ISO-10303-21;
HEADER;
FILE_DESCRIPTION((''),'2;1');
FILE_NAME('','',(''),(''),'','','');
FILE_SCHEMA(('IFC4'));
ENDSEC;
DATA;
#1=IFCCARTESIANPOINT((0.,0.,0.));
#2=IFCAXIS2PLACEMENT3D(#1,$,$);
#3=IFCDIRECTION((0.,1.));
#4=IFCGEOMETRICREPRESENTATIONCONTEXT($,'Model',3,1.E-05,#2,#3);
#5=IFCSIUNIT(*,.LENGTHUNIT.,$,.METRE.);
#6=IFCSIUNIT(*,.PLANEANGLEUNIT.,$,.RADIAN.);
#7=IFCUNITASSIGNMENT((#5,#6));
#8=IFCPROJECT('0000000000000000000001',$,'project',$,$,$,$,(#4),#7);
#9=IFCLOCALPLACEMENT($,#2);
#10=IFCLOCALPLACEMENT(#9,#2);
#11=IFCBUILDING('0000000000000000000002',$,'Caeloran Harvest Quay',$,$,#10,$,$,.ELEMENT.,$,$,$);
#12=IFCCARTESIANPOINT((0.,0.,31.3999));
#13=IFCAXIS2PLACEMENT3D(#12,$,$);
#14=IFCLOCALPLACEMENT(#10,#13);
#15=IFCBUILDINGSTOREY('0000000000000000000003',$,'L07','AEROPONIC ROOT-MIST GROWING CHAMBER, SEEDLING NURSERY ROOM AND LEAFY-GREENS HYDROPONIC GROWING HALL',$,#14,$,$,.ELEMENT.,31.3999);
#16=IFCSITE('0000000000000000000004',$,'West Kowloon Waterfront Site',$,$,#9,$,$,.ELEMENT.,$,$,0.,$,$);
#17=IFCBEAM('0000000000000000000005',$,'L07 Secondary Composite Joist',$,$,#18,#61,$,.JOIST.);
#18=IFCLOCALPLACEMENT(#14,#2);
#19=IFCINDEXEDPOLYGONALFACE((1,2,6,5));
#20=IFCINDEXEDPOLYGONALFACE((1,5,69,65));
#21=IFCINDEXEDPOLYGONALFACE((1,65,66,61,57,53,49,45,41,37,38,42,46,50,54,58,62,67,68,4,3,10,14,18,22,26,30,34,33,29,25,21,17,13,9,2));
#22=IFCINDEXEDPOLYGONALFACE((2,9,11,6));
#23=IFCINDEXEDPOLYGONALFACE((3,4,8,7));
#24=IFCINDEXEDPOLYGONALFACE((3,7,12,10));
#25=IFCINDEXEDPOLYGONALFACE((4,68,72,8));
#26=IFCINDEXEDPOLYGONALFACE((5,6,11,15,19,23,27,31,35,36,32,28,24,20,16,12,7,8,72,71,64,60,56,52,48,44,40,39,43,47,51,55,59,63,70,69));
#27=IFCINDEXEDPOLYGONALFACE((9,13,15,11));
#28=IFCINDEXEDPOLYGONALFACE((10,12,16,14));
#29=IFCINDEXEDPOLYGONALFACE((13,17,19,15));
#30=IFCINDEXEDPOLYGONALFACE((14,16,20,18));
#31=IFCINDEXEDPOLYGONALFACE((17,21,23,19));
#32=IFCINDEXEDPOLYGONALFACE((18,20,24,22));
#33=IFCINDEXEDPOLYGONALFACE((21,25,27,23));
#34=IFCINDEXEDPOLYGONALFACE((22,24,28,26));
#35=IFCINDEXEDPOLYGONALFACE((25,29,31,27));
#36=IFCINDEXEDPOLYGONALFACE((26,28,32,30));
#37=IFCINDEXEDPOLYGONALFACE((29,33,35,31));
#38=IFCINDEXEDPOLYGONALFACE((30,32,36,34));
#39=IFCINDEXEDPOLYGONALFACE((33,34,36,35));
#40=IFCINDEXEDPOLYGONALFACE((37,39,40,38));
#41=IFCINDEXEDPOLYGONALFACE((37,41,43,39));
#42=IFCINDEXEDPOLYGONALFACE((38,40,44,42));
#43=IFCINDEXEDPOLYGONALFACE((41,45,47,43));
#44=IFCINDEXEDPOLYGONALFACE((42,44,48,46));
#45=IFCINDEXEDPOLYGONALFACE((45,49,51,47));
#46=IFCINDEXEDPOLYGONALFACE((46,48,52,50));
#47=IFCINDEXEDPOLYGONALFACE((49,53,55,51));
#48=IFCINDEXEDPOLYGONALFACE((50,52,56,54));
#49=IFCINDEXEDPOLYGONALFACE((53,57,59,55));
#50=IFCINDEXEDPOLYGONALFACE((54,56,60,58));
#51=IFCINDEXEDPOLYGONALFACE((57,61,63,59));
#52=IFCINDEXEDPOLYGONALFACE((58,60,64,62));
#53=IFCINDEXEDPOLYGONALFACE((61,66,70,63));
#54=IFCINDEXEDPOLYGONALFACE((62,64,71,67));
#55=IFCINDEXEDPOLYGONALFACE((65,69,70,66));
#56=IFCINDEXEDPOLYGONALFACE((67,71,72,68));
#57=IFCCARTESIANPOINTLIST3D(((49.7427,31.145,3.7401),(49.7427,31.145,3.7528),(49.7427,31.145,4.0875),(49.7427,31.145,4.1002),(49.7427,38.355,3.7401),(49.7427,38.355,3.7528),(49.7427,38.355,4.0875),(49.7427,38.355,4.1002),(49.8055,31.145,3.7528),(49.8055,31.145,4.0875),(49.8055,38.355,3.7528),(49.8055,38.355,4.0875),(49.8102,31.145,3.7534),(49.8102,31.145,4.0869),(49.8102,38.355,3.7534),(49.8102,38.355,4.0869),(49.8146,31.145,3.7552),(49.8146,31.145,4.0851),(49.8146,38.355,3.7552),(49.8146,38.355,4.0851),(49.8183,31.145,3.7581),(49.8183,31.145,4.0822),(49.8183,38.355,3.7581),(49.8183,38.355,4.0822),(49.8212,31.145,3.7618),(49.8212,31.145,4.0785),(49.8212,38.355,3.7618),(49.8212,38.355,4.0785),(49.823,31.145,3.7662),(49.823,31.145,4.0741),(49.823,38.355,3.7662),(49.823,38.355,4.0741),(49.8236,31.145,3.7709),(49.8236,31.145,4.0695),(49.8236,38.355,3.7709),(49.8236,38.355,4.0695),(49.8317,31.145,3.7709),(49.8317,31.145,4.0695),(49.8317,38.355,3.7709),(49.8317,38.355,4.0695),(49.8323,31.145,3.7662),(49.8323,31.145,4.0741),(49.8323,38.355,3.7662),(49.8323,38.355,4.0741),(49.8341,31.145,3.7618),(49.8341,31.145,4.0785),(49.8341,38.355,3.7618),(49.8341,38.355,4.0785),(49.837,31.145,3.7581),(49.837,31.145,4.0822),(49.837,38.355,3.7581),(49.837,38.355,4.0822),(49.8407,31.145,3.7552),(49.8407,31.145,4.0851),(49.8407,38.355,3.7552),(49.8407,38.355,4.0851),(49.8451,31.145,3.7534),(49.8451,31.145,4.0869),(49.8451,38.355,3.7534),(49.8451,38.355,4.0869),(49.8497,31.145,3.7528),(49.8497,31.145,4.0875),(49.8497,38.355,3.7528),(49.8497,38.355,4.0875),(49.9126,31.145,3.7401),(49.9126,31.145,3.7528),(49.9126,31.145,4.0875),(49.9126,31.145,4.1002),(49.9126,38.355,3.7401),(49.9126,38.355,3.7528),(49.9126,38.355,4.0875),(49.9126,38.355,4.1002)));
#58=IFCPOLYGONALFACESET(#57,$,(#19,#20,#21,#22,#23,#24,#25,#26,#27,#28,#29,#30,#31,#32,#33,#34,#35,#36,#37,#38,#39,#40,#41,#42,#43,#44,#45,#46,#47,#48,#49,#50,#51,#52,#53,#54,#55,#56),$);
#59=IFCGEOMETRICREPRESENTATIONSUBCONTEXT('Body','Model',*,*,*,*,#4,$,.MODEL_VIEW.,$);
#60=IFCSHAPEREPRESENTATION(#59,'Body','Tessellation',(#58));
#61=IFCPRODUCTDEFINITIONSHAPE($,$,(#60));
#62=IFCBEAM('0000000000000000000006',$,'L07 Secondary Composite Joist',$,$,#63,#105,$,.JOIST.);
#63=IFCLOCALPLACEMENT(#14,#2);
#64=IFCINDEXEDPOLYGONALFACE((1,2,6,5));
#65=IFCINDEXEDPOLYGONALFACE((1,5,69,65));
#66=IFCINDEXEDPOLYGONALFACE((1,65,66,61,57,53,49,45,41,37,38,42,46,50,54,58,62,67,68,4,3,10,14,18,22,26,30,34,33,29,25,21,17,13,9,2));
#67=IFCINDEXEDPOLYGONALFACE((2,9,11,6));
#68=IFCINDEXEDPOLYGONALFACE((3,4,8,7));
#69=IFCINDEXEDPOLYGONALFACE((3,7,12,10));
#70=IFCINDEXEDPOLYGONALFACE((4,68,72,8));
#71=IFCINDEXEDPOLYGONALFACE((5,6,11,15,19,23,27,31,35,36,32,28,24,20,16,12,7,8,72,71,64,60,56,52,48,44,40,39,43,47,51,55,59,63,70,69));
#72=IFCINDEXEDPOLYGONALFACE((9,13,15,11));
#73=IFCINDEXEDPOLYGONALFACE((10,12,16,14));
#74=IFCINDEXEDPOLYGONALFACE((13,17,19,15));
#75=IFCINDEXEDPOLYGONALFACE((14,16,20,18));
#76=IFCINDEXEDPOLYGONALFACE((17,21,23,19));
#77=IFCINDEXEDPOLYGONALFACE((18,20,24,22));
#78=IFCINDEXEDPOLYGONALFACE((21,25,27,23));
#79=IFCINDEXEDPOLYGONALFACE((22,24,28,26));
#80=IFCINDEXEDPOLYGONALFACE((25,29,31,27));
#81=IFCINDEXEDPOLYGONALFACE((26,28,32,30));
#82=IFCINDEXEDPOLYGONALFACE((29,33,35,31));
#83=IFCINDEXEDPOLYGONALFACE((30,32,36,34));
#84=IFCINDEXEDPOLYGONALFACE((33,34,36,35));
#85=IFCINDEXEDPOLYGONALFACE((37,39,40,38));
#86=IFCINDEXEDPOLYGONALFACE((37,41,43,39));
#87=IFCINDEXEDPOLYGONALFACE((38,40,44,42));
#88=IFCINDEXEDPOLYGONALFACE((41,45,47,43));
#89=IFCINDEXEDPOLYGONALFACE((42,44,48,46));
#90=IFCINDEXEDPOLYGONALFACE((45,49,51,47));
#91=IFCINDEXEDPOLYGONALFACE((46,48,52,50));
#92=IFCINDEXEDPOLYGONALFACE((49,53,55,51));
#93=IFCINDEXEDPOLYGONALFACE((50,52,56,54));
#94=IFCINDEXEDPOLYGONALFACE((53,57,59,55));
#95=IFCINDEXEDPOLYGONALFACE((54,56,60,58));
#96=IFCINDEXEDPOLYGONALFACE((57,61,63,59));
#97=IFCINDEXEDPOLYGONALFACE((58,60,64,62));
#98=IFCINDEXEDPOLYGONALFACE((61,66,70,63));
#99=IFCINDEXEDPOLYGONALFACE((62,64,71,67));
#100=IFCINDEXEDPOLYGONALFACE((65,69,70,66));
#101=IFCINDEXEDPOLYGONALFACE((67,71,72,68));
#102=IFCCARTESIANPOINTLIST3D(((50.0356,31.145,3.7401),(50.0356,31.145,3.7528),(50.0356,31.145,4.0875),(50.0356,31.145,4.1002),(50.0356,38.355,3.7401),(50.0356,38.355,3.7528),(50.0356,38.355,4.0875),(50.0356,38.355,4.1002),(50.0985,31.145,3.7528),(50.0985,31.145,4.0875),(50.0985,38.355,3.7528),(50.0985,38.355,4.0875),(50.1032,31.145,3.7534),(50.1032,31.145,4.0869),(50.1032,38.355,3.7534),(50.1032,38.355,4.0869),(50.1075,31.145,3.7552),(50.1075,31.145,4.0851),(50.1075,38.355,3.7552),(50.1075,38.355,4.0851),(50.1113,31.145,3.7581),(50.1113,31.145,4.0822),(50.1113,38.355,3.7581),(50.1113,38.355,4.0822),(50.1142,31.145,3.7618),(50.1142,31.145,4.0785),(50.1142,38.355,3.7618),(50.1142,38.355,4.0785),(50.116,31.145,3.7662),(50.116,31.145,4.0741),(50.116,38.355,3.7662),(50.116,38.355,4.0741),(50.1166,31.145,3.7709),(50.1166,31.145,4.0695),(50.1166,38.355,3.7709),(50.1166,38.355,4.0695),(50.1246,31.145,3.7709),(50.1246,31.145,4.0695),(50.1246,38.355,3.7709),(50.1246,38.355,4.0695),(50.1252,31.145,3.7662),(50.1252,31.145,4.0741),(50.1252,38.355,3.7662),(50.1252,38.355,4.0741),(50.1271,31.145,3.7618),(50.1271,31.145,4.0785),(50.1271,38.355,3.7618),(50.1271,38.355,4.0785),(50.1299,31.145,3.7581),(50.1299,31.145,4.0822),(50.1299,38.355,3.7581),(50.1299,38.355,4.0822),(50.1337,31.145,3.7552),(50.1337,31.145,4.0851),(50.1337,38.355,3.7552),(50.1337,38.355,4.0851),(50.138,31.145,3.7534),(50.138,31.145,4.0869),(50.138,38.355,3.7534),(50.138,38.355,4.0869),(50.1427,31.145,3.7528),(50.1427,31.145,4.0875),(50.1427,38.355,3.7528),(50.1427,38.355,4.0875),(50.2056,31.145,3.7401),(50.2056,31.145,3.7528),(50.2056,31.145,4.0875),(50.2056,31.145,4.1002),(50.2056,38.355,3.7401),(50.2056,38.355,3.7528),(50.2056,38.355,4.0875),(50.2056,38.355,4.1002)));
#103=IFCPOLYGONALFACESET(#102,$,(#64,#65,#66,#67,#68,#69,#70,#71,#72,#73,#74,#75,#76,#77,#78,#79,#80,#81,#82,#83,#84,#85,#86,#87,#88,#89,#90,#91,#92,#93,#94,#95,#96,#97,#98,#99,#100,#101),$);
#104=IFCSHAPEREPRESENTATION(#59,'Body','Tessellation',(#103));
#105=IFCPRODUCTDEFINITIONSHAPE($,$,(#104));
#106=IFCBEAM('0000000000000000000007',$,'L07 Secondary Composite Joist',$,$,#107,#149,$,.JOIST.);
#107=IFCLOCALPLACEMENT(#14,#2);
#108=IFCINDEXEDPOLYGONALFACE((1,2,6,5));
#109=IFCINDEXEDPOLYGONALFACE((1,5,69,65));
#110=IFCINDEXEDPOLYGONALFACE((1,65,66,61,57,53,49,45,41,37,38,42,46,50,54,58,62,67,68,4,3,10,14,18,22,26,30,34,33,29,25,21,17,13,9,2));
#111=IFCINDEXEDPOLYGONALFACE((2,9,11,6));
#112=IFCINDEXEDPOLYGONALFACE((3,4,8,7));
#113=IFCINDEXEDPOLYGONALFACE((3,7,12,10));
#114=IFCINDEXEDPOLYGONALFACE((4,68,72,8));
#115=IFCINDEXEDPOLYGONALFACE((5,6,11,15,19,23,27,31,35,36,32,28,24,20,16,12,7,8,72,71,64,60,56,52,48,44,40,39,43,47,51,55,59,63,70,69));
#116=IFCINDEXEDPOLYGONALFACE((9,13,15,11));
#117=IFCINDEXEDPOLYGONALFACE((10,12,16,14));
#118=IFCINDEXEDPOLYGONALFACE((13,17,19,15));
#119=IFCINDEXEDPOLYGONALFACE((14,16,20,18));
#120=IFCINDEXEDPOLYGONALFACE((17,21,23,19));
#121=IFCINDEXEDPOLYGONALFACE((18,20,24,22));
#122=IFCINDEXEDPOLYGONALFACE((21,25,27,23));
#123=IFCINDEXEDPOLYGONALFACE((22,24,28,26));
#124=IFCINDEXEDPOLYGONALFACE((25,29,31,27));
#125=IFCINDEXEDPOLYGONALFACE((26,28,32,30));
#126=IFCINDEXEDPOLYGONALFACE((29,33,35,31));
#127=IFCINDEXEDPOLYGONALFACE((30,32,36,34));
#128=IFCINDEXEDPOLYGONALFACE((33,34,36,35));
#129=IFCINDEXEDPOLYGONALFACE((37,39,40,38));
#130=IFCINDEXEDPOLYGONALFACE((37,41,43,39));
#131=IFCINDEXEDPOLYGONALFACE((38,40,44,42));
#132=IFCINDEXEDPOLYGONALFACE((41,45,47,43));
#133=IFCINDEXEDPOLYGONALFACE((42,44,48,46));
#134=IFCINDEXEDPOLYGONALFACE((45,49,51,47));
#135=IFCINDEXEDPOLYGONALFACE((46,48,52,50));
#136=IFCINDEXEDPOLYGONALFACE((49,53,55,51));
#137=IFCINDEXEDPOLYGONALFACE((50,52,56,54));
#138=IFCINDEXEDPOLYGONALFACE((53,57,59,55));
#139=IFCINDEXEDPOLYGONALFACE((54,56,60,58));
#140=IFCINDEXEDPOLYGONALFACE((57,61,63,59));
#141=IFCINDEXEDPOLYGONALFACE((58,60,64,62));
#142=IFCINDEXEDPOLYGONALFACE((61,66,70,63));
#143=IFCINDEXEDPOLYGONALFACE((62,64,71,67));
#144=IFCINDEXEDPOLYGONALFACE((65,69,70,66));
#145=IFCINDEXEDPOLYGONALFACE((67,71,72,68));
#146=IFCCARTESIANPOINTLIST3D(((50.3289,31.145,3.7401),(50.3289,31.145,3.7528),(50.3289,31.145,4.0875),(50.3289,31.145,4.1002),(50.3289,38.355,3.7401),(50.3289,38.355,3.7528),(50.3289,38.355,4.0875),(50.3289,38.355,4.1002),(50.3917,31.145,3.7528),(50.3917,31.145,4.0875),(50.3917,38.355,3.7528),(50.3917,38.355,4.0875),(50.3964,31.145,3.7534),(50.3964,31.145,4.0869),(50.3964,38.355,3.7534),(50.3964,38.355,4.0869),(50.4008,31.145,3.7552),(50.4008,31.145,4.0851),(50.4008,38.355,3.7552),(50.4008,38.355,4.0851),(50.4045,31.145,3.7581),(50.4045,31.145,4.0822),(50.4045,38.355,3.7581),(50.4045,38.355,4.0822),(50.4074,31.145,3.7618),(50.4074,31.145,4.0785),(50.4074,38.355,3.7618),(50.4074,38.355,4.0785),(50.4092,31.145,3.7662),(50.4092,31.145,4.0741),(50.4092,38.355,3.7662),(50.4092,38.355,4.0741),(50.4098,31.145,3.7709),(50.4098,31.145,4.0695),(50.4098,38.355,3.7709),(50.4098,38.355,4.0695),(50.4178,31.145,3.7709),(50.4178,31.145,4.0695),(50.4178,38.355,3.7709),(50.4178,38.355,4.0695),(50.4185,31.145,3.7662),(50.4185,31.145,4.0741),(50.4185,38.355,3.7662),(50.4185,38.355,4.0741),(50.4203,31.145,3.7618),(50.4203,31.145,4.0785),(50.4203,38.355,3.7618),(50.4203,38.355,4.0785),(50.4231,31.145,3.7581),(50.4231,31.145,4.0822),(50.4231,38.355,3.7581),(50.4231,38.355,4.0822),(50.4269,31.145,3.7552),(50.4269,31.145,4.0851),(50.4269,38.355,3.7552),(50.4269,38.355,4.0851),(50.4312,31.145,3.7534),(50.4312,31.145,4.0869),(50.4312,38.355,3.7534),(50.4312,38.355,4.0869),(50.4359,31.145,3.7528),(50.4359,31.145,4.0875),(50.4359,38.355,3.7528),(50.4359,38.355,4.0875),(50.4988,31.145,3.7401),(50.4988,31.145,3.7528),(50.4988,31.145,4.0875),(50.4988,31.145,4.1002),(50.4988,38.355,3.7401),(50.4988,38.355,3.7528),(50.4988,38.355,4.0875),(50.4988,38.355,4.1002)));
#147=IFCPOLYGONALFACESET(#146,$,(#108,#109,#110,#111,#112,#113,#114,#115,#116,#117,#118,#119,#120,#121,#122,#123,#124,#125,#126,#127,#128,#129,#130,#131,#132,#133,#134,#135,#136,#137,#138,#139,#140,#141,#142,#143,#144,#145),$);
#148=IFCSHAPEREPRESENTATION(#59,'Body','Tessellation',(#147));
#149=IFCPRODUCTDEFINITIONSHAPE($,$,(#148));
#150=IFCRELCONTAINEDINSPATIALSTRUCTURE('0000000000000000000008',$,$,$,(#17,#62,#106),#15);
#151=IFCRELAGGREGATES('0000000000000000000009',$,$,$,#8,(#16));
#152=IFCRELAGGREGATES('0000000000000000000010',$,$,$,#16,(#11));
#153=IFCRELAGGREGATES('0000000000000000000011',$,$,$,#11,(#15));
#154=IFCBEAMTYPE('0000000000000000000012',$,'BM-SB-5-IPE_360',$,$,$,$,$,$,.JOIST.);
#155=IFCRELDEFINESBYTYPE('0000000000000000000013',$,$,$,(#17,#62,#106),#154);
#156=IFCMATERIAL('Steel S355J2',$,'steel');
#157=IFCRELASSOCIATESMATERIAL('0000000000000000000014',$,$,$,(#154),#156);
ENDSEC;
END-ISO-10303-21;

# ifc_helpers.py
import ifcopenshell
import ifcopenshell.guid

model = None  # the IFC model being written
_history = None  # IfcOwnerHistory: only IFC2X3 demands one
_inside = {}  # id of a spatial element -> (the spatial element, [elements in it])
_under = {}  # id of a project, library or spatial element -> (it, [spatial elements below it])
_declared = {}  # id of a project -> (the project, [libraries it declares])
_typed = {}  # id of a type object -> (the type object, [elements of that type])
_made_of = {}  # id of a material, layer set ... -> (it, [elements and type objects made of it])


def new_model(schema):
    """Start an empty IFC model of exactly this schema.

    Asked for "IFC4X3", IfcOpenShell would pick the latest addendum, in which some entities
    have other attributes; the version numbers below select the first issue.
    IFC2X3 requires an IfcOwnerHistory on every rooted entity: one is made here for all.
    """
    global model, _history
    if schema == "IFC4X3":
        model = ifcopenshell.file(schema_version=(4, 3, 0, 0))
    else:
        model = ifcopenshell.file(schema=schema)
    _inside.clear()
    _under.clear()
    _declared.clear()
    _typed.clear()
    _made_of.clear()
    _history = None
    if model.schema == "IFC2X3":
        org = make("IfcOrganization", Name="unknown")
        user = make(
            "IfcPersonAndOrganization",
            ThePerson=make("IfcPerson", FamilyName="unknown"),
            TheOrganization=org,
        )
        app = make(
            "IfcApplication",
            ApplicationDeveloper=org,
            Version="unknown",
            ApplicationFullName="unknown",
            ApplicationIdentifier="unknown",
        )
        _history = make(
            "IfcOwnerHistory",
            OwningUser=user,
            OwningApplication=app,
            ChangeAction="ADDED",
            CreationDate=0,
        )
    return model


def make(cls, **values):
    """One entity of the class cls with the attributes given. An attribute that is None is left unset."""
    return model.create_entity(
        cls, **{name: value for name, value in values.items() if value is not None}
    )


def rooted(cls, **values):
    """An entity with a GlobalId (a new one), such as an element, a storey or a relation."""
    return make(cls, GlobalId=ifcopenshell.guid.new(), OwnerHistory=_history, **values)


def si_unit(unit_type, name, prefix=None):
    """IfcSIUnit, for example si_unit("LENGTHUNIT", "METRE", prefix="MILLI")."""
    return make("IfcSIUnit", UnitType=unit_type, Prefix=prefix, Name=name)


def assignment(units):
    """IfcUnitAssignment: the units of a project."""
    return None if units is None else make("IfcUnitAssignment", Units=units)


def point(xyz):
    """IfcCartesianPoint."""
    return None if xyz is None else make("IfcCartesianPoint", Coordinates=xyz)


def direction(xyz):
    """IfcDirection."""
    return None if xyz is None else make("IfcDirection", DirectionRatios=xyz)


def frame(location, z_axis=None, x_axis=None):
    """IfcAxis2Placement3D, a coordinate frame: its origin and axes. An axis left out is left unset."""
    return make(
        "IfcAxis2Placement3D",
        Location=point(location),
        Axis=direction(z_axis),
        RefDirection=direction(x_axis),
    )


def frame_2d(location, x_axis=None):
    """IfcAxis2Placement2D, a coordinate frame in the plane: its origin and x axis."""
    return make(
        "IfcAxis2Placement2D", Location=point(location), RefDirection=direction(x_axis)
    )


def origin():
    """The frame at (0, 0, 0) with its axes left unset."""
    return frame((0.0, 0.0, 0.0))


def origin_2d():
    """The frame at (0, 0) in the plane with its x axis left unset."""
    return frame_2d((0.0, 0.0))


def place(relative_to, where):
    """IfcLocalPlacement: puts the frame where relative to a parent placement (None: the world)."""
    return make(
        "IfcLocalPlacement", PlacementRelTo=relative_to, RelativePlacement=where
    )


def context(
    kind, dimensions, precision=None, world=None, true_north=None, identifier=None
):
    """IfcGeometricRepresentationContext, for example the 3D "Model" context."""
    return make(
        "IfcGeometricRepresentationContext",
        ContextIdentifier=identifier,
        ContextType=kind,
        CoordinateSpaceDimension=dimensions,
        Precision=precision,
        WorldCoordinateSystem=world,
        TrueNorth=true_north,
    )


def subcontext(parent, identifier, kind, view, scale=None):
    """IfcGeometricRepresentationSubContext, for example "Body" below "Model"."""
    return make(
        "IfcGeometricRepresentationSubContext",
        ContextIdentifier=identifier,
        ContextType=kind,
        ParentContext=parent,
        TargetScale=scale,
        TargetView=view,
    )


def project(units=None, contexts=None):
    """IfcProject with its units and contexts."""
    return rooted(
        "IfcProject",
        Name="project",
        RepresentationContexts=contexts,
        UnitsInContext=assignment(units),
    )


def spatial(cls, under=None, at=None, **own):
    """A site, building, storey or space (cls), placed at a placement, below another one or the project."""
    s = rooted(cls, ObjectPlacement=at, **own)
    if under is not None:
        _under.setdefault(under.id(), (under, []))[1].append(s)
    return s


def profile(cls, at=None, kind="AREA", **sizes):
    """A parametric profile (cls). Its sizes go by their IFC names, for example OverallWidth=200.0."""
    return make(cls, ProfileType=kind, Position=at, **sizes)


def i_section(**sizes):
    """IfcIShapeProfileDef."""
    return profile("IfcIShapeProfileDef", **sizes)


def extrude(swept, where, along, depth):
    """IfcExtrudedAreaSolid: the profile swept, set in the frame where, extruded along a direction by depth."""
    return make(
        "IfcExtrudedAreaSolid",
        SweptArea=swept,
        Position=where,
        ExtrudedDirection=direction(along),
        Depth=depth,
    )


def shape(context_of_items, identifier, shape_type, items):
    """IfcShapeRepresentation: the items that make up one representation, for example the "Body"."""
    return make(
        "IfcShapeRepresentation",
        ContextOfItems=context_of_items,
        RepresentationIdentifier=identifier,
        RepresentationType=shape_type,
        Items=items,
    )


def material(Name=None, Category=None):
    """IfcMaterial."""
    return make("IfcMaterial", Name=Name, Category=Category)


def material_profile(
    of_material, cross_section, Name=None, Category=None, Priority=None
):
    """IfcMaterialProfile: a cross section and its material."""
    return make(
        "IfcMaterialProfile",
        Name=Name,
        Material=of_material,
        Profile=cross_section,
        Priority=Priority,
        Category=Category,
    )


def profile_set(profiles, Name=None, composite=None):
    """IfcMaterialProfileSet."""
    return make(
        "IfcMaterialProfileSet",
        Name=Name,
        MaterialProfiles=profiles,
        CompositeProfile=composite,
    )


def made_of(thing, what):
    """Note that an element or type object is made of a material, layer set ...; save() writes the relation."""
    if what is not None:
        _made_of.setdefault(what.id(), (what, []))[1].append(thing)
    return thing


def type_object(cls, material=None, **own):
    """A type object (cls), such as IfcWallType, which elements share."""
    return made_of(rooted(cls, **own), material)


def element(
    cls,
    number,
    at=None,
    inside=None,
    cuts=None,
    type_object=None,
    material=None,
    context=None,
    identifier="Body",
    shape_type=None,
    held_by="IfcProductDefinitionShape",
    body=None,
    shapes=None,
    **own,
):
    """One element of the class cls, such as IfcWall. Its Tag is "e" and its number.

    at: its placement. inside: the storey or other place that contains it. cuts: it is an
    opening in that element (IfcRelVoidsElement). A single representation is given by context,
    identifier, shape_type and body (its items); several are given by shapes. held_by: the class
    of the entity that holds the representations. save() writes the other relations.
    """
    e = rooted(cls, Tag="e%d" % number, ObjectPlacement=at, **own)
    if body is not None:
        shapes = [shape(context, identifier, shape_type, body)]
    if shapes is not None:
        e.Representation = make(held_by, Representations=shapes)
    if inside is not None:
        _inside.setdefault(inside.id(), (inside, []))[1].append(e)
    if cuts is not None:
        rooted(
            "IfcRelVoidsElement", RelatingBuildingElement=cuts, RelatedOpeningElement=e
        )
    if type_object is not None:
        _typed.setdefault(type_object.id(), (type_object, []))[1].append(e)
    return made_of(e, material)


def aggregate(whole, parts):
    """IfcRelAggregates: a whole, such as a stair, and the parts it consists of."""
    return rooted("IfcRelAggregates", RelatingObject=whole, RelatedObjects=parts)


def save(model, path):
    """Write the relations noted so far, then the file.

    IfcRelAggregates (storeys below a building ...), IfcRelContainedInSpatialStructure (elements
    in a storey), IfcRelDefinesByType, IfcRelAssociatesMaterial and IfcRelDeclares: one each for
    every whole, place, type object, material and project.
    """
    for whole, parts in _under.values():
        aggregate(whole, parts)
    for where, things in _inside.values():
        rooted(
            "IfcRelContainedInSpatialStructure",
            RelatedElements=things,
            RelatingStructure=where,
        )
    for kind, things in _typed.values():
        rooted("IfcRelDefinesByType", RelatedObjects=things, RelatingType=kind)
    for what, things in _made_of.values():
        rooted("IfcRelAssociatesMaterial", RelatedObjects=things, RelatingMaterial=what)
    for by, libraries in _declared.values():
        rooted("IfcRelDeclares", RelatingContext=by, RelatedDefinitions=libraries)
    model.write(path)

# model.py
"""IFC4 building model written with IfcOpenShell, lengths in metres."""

from ifc_helpers import new_model, si_unit, direction, frame, origin, origin_2d, place, context, subcontext, project, spatial, i_section, extrude, material, material_profile, profile_set, type_object, element, save


model = new_model("IFC4")

# Units and contexts
model_context = context("Model", 3, precision=1e-05, world=origin(), true_north=direction((0.0, 1.0)))
body_context = subcontext(model_context, "Body", "Model", "MODEL_VIEW")
ifc_project = project(units=[si_unit("LENGTHUNIT", "METRE"), si_unit("PLANEANGLEUNIT", "RADIAN")], contexts=[model_context])

# Site, building, storey
site_placement = place(None, origin())
site = spatial("IfcSite", under=ifc_project, at=site_placement, Name="West Kowloon Waterfront Site", CompositionType="ELEMENT", RefElevation=0.0)
building_placement = place(site_placement, origin())
building = spatial("IfcBuilding", under=site, at=building_placement, Name="Caeloran Harvest Quay", CompositionType="ELEMENT")
storey_placement = place(building_placement, frame((0.0, 0.0, 31.3999)))
storey = spatial("IfcBuildingStorey", under=building, at=storey_placement, Name="L07", Description="AEROPONIC ROOT-MIST GROWING CHAMBER, SEEDLING NURSERY ROOM AND LEAFY-GREENS HYDROPONIC GROWING HALL", CompositionType="ELEMENT", Elevation=31.3999)

# Beams
ifc_material_1 = material(Name="Steel S355J2", Category="steel")
ifc_material_profile_1 = material_profile(ifc_material_1, i_section(OverallWidth=0.1699, OverallDepth=0.3601, WebThickness=0.0081, FlangeThickness=0.0127, FilletRadius=0.0181, at=origin_2d()), Name="IPE 360")
ifc_profile_set_1 = profile_set([ifc_material_profile_1], Name="Steel S355J2")
beam_type_1 = type_object("IfcBeamType", Name="BM-SB-5-IPE_360", PredefinedType="JOIST", material=ifc_profile_set_1)
for number, where, z_axis, x_axis, name in (
    (1, (49.8276, 31.145, 3.9202), (0.0, 1.0, 0.0), (-1.0, 0.0, 0.0), "L07 Secondary Composite Joist"),
    (2, (50.1206, 31.145, 3.9202), (0.0, 1.0, 0.0), (-1.0, 0.0, 0.0), "L07 Secondary Composite Joist"),
    (3, (50.4138, 31.145, 3.9202), (0.0, 1.0, 0.0), (-1.0, 0.0, 0.0), "L07 Secondary Composite Joist"),
):
    element("IfcBeam", number, at=place(storey_placement, frame(where, z_axis=z_axis, x_axis=x_axis)), inside=storey, type_object=beam_type_1, Name=name, PredefinedType="JOIST", context=body_context, shape_type="SweptSolid", body=[
        extrude(i_section(OverallWidth=0.1699, OverallDepth=0.3601, WebThickness=0.0081, FlangeThickness=0.0127, FilletRadius=0.0181, at=origin_2d()), origin(), (0.0, 0.0, 1.0), 7.21),
    ])

save(model, "model.ifc")
